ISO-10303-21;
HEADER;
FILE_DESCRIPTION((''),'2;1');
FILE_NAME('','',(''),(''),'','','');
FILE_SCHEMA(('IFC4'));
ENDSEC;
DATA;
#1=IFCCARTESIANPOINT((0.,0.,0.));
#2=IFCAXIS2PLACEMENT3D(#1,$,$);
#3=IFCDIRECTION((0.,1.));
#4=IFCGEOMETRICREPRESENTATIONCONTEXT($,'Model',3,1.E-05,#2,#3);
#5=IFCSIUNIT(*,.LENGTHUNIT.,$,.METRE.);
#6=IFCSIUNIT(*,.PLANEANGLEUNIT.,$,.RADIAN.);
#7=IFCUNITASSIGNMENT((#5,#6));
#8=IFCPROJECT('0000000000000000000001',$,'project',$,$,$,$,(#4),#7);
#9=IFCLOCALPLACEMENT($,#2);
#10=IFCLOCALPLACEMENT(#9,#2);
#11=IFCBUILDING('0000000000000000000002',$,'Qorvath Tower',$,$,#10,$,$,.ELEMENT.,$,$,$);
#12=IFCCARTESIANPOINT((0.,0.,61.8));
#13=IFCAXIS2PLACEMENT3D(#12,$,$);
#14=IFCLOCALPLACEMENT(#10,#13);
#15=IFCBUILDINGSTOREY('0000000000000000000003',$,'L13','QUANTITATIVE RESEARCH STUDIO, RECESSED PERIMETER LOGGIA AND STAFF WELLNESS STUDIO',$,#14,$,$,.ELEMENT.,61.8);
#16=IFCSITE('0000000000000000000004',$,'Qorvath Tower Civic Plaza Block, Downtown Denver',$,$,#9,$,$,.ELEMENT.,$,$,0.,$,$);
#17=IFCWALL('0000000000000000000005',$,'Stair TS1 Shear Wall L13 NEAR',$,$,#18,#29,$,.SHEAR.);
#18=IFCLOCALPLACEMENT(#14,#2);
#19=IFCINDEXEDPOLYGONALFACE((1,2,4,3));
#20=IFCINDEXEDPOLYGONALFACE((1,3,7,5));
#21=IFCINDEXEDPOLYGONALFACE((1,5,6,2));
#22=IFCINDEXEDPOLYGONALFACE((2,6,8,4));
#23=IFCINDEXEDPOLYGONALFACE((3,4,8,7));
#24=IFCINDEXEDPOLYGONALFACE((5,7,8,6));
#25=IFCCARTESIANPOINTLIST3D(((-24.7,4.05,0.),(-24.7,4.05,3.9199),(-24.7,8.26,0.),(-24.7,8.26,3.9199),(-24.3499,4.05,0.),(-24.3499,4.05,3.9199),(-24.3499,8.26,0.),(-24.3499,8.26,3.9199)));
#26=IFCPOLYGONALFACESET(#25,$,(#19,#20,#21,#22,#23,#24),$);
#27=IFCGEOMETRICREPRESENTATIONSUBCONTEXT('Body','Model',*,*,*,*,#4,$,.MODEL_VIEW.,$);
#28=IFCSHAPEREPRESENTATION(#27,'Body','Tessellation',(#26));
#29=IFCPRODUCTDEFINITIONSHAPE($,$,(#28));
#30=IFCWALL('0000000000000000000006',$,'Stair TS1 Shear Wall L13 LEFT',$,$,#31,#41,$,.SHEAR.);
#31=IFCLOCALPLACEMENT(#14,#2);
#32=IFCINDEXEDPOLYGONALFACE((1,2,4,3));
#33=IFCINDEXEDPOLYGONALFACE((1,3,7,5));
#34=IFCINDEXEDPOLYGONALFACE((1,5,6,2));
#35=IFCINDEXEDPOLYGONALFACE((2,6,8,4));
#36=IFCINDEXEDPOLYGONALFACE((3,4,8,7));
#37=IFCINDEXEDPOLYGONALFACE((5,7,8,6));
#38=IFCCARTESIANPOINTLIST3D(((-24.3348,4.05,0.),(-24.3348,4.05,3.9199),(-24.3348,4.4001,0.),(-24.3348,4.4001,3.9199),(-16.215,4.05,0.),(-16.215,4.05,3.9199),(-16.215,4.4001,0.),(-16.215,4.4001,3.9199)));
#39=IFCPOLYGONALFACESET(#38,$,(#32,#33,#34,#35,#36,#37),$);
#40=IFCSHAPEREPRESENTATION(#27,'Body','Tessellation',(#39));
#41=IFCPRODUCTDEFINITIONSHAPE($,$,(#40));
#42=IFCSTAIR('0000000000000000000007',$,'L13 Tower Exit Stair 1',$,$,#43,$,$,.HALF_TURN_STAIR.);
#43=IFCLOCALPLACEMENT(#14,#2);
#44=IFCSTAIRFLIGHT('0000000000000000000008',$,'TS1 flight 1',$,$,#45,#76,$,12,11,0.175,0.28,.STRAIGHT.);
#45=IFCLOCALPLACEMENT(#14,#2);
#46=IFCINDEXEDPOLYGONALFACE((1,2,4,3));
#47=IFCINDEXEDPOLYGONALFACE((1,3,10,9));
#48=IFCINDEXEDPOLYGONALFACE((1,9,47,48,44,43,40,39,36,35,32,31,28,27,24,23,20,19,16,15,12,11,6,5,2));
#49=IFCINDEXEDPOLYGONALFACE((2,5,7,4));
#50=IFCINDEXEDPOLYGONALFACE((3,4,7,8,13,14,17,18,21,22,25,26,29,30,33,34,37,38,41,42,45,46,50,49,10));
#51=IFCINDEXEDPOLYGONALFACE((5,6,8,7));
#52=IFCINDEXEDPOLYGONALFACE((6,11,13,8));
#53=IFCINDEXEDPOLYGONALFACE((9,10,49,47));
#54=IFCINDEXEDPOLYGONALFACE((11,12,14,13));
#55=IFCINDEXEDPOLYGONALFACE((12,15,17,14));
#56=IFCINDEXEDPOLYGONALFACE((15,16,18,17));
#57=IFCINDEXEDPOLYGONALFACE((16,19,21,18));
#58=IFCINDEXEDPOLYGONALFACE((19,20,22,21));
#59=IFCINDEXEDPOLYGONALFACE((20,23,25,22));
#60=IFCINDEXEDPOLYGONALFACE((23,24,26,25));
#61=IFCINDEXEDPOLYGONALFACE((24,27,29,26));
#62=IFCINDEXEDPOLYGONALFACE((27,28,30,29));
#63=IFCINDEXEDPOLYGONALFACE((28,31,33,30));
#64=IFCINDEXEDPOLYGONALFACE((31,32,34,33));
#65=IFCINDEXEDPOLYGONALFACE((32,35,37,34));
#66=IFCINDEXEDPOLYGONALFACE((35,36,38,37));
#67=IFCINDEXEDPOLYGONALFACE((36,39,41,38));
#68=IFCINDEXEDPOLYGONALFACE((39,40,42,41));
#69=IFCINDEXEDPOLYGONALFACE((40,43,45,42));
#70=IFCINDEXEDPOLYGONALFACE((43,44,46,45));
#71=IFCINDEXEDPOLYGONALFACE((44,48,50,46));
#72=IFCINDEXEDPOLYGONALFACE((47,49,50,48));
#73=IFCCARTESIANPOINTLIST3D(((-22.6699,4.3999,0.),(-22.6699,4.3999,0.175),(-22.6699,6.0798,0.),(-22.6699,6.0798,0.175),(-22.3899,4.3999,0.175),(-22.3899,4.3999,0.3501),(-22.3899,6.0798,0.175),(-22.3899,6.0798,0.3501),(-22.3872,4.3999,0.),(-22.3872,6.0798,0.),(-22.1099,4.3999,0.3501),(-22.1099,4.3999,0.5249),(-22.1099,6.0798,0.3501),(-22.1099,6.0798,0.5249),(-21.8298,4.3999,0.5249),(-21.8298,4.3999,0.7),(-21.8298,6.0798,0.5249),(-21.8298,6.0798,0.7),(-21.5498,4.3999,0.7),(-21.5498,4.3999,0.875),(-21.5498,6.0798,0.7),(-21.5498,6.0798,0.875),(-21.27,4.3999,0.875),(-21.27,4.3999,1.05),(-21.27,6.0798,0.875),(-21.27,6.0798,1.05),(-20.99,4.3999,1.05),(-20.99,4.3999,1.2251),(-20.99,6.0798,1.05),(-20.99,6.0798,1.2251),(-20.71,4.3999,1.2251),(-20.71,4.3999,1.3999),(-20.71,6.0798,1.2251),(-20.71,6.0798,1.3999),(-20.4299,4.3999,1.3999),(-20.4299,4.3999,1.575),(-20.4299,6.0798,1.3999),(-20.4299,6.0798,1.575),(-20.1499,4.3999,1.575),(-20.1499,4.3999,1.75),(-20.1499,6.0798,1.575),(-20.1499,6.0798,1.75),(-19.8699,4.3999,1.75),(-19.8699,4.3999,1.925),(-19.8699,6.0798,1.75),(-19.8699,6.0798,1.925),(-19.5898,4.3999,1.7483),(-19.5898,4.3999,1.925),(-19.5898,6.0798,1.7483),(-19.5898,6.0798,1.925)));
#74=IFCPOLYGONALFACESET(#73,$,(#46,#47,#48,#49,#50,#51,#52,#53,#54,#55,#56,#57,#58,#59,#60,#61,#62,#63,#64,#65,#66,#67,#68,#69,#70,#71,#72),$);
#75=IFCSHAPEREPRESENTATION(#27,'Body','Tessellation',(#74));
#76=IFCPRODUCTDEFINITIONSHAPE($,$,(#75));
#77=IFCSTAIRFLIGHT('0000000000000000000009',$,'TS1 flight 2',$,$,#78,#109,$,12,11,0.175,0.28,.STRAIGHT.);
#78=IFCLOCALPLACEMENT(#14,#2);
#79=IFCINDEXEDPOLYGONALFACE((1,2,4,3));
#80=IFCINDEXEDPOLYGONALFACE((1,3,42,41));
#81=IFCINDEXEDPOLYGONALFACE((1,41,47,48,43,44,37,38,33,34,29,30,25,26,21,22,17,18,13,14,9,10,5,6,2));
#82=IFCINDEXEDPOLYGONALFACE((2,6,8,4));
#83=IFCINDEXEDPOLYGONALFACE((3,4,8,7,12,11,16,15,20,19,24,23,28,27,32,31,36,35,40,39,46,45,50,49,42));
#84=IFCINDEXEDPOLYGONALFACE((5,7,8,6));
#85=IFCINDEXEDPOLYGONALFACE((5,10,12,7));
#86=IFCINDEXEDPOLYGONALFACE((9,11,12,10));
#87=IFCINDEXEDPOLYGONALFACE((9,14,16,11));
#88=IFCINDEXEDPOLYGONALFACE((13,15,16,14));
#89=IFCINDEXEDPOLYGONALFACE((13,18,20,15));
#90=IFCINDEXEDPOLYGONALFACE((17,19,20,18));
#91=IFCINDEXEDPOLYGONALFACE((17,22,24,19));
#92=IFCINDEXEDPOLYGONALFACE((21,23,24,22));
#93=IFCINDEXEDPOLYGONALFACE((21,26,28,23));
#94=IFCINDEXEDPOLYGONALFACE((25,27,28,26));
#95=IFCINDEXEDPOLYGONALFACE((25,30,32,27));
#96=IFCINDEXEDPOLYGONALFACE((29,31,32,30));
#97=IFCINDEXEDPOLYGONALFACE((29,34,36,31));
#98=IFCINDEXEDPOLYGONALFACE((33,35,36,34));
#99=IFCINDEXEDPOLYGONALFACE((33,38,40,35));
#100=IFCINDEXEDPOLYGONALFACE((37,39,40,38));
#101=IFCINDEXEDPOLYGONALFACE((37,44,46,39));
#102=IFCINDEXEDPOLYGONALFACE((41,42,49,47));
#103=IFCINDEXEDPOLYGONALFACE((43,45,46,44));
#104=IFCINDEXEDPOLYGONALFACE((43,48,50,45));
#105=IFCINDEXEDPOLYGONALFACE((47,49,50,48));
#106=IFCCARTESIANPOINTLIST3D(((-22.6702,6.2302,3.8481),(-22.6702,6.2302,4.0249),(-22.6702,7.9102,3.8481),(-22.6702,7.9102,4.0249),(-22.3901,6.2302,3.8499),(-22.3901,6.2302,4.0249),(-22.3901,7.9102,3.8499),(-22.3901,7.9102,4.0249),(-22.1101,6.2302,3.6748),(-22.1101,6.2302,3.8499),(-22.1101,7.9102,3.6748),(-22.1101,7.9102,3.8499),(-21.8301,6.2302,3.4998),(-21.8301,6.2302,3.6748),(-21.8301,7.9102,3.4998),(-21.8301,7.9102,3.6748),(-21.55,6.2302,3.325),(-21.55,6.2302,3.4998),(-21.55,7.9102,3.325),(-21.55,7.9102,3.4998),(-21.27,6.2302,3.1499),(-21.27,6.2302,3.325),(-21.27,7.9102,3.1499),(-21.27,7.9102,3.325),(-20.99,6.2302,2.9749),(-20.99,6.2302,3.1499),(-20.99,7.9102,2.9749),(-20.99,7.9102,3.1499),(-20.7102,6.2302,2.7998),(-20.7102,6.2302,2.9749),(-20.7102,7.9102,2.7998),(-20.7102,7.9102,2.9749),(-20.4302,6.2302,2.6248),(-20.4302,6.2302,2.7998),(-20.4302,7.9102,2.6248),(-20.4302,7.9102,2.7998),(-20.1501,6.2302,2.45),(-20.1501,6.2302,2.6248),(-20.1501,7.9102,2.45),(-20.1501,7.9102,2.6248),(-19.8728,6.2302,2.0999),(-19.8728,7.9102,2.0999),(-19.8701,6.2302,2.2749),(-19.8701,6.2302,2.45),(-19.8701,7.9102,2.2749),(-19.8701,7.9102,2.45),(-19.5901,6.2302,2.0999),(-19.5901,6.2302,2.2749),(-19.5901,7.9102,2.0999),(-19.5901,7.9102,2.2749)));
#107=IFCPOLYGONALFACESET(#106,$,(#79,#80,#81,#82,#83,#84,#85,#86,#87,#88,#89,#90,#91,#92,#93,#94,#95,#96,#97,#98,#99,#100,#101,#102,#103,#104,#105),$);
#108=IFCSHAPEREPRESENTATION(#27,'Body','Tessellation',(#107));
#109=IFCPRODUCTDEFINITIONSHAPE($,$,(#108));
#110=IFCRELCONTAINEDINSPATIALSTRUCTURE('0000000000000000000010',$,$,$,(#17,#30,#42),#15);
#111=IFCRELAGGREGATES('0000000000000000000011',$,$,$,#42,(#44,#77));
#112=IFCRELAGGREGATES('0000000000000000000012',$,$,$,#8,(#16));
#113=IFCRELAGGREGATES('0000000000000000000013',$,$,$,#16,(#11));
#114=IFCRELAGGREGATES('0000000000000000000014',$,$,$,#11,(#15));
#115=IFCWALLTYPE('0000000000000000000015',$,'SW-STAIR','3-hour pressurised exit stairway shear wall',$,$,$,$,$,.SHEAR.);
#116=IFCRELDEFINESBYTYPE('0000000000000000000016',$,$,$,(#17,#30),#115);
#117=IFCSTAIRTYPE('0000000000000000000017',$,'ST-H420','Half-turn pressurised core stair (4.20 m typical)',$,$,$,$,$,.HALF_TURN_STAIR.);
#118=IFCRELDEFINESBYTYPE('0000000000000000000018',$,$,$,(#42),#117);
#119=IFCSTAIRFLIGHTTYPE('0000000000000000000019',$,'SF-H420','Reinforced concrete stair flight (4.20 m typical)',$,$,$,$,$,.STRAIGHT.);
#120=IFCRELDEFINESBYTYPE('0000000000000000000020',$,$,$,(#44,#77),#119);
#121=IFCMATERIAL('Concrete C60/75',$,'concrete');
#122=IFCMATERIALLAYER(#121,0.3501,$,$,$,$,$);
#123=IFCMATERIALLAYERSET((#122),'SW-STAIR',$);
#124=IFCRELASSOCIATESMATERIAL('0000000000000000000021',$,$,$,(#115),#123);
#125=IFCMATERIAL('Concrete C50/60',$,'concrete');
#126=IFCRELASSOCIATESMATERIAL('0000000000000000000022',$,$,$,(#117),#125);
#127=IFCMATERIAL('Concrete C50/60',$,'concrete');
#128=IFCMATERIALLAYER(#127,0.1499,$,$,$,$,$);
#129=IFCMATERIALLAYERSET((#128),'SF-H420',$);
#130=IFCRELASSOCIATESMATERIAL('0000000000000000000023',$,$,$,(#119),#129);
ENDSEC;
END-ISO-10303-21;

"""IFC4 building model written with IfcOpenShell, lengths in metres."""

from ifc_helpers import new_model, si_unit, direction, frame, frame_2d, origin, place, context, subcontext, project, spatial, polyline, rectangle, outline, extrude, material, layer, layer_set, type_object, element, aggregate, save


model = new_model("IFC4")

# Units and contexts
model_context = context("Model", 3, precision=1e-05, world=origin(), true_north=direction((0.0, 1.0)))
body_context = subcontext(model_context, "Body", "Model", "MODEL_VIEW")
ifc_project = project(units=[si_unit("LENGTHUNIT", "METRE"), si_unit("PLANEANGLEUNIT", "RADIAN")], contexts=[model_context])

# Site, building, storey
site_placement = place(None, origin())
site = spatial("IfcSite", under=ifc_project, at=site_placement, Name="Qorvath Tower Civic Plaza Block, Downtown Denver", CompositionType="ELEMENT", RefElevation=0.0)
building_placement = place(site_placement, origin())
building = spatial("IfcBuilding", under=site, at=building_placement, Name="Qorvath Tower", CompositionType="ELEMENT")
storey_placement = place(building_placement, frame((0.0, 0.0, 61.8)))
storey = spatial("IfcBuildingStorey", under=building, at=storey_placement, Name="L13", Description="QUANTITATIVE RESEARCH STUDIO, RECESSED PERIMETER LOGGIA AND STAFF WELLNESS STUDIO", CompositionType="ELEMENT", Elevation=61.8)

# Walls
ifc_material_1 = material(Name="Concrete C60/75", Category="concrete")
ifc_layer_1 = layer(ifc_material_1, 0.3501)
ifc_layer_set_1 = layer_set([ifc_layer_1], Name="SW-STAIR")
wall_type_1 = type_object("IfcWallType", Name="SW-STAIR", Description="3-hour pressurised exit stairway shear wall", PredefinedType="SHEAR", material=ifc_layer_set_1)
wall_1_placement = place(storey_placement, frame((-24.5249, 8.26, 0.0), z_axis=(0.0, 0.0, 1.0), x_axis=(0.0, -1.0, 0.0)))
element("IfcWall", 1, at=wall_1_placement, inside=storey, type_object=wall_type_1, Name="Stair TS1 Shear Wall L13 NEAR", PredefinedType="SHEAR", context=body_context, shape_type="SweptSolid", body=[
    extrude(rectangle(XDim=4.21, YDim=0.3501, at=frame_2d((2.105, 0.0))), origin(), (0.0, 0.0, 1.0), 3.9199),
])
wall_2_placement = place(storey_placement, frame((-24.335, 4.2251, 0.0), z_axis=(0.0, 0.0, 1.0), x_axis=(1.0, 0.0, 0.0)))
element("IfcWall", 2, at=wall_2_placement, inside=storey, type_object=wall_type_1, Name="Stair TS1 Shear Wall L13 LEFT", PredefinedType="SHEAR", context=body_context, shape_type="SweptSolid", body=[
    extrude(rectangle(XDim=8.1199, YDim=0.3501, at=frame_2d((4.0601, 0.0))), origin(), (0.0, 0.0, 1.0), 3.9199),
])

# Stair, stair flights
ifc_material_2 = material(Name="Concrete C50/60", Category="concrete")
stair_type = type_object("IfcStairType", Name="ST-H420", Description="Half-turn pressurised core stair (4.20 m typical)", PredefinedType="HALF_TURN_STAIR", material=ifc_material_2)
stair_placement = place(storey_placement, origin())
stair = element("IfcStair", 3, at=stair_placement, inside=storey, type_object=stair_type, Name="L13 Tower Exit Stair 1", PredefinedType="HALF_TURN_STAIR")
ifc_material_3 = material(Name="Concrete C50/60", Category="concrete")
ifc_layer_2 = layer(ifc_material_3, 0.1499)
ifc_layer_set_2 = layer_set([ifc_layer_2], Name="SF-H420")
stair_flight_type = type_object("IfcStairFlightType", Name="SF-H420", Description="Reinforced concrete stair flight (4.20 m typical)", PredefinedType="STRAIGHT", material=ifc_layer_set_2)
stair_flight_1_placement = place(storey_placement, frame((-22.6699, 5.24, 0.0), z_axis=(0.0, 0.0, 1.0), x_axis=(1.0, 0.0, 0.0)))
stair_flight_1 = element("IfcStairFlight", 4, at=stair_flight_1_placement, type_object=stair_flight_type, Name="TS1 flight 1", NumberOfRisers=12, NumberOfTreads=11, PredefinedType="STRAIGHT", RiserHeight=0.175, TreadLength=0.28, context=body_context, shape_type="SweptSolid", body=[
    extrude(outline(polyline([(0.0, 0.0), (0.0, 0.175), (0.28, 0.175), (0.28, 0.3501), (0.5601, 0.3501), (0.5601, 0.5249), (0.8401, 0.5249), (0.8401, 0.7), (1.1201, 0.7), (1.1201, 0.875), (1.3999, 0.875), (1.3999, 1.05), (1.6799, 1.05), (1.6799, 1.2251), (1.96, 1.2251), (1.96, 1.3999), (2.24, 1.3999), (2.24, 1.575), (2.52, 1.575), (2.52, 1.75), (2.8, 1.75), (2.8, 1.925), (3.0801, 1.925), (3.0801, 2.1001), (3.0801, 1.7483), (0.2827, 0.0), (0.0, 0.0)])), frame((0.0, 0.8398, 0.0), z_axis=(0.0, -1.0, 0.0), x_axis=(1.0, 0.0, 0.0)), (0.0, 0.0, 1.0), 1.6799),
])
stair_flight_2_placement = place(storey_placement, frame((-19.5901, 7.0701, 2.0999), z_axis=(0.0, 0.0, 1.0), x_axis=(-1.0, 0.0, 0.0)))
stair_flight_2 = element("IfcStairFlight", 5, at=stair_flight_2_placement, type_object=stair_flight_type, Name="TS1 flight 2", NumberOfRisers=12, NumberOfTreads=11, PredefinedType="STRAIGHT", RiserHeight=0.175, TreadLength=0.28, context=body_context, shape_type="SweptSolid", body=[
    extrude(outline(polyline([(0.0, 0.0), (0.0, 0.175), (0.28, 0.175), (0.28, 0.3501), (0.5601, 0.3501), (0.5601, 0.5249), (0.8401, 0.5249), (0.8401, 0.7), (1.1201, 0.7), (1.1201, 0.875), (1.3999, 0.875), (1.3999, 1.05), (1.6799, 1.05), (1.6799, 1.2251), (1.96, 1.2251), (1.96, 1.3999), (2.24, 1.3999), (2.24, 1.575), (2.52, 1.575), (2.52, 1.75), (2.8, 1.75), (2.8, 1.925), (3.0801, 1.925), (3.0801, 2.1001), (3.0801, 1.7483), (0.2827, 0.0), (0.0, 0.0)])), frame((0.0, 0.8398, 0.0), z_axis=(0.0, -1.0, 0.0), x_axis=(1.0, 0.0, 0.0)), (0.0, 0.0, 1.0), 1.6799),
])
aggregate(stair, [stair_flight_1, stair_flight_2])

save(model, "model.ifc")
